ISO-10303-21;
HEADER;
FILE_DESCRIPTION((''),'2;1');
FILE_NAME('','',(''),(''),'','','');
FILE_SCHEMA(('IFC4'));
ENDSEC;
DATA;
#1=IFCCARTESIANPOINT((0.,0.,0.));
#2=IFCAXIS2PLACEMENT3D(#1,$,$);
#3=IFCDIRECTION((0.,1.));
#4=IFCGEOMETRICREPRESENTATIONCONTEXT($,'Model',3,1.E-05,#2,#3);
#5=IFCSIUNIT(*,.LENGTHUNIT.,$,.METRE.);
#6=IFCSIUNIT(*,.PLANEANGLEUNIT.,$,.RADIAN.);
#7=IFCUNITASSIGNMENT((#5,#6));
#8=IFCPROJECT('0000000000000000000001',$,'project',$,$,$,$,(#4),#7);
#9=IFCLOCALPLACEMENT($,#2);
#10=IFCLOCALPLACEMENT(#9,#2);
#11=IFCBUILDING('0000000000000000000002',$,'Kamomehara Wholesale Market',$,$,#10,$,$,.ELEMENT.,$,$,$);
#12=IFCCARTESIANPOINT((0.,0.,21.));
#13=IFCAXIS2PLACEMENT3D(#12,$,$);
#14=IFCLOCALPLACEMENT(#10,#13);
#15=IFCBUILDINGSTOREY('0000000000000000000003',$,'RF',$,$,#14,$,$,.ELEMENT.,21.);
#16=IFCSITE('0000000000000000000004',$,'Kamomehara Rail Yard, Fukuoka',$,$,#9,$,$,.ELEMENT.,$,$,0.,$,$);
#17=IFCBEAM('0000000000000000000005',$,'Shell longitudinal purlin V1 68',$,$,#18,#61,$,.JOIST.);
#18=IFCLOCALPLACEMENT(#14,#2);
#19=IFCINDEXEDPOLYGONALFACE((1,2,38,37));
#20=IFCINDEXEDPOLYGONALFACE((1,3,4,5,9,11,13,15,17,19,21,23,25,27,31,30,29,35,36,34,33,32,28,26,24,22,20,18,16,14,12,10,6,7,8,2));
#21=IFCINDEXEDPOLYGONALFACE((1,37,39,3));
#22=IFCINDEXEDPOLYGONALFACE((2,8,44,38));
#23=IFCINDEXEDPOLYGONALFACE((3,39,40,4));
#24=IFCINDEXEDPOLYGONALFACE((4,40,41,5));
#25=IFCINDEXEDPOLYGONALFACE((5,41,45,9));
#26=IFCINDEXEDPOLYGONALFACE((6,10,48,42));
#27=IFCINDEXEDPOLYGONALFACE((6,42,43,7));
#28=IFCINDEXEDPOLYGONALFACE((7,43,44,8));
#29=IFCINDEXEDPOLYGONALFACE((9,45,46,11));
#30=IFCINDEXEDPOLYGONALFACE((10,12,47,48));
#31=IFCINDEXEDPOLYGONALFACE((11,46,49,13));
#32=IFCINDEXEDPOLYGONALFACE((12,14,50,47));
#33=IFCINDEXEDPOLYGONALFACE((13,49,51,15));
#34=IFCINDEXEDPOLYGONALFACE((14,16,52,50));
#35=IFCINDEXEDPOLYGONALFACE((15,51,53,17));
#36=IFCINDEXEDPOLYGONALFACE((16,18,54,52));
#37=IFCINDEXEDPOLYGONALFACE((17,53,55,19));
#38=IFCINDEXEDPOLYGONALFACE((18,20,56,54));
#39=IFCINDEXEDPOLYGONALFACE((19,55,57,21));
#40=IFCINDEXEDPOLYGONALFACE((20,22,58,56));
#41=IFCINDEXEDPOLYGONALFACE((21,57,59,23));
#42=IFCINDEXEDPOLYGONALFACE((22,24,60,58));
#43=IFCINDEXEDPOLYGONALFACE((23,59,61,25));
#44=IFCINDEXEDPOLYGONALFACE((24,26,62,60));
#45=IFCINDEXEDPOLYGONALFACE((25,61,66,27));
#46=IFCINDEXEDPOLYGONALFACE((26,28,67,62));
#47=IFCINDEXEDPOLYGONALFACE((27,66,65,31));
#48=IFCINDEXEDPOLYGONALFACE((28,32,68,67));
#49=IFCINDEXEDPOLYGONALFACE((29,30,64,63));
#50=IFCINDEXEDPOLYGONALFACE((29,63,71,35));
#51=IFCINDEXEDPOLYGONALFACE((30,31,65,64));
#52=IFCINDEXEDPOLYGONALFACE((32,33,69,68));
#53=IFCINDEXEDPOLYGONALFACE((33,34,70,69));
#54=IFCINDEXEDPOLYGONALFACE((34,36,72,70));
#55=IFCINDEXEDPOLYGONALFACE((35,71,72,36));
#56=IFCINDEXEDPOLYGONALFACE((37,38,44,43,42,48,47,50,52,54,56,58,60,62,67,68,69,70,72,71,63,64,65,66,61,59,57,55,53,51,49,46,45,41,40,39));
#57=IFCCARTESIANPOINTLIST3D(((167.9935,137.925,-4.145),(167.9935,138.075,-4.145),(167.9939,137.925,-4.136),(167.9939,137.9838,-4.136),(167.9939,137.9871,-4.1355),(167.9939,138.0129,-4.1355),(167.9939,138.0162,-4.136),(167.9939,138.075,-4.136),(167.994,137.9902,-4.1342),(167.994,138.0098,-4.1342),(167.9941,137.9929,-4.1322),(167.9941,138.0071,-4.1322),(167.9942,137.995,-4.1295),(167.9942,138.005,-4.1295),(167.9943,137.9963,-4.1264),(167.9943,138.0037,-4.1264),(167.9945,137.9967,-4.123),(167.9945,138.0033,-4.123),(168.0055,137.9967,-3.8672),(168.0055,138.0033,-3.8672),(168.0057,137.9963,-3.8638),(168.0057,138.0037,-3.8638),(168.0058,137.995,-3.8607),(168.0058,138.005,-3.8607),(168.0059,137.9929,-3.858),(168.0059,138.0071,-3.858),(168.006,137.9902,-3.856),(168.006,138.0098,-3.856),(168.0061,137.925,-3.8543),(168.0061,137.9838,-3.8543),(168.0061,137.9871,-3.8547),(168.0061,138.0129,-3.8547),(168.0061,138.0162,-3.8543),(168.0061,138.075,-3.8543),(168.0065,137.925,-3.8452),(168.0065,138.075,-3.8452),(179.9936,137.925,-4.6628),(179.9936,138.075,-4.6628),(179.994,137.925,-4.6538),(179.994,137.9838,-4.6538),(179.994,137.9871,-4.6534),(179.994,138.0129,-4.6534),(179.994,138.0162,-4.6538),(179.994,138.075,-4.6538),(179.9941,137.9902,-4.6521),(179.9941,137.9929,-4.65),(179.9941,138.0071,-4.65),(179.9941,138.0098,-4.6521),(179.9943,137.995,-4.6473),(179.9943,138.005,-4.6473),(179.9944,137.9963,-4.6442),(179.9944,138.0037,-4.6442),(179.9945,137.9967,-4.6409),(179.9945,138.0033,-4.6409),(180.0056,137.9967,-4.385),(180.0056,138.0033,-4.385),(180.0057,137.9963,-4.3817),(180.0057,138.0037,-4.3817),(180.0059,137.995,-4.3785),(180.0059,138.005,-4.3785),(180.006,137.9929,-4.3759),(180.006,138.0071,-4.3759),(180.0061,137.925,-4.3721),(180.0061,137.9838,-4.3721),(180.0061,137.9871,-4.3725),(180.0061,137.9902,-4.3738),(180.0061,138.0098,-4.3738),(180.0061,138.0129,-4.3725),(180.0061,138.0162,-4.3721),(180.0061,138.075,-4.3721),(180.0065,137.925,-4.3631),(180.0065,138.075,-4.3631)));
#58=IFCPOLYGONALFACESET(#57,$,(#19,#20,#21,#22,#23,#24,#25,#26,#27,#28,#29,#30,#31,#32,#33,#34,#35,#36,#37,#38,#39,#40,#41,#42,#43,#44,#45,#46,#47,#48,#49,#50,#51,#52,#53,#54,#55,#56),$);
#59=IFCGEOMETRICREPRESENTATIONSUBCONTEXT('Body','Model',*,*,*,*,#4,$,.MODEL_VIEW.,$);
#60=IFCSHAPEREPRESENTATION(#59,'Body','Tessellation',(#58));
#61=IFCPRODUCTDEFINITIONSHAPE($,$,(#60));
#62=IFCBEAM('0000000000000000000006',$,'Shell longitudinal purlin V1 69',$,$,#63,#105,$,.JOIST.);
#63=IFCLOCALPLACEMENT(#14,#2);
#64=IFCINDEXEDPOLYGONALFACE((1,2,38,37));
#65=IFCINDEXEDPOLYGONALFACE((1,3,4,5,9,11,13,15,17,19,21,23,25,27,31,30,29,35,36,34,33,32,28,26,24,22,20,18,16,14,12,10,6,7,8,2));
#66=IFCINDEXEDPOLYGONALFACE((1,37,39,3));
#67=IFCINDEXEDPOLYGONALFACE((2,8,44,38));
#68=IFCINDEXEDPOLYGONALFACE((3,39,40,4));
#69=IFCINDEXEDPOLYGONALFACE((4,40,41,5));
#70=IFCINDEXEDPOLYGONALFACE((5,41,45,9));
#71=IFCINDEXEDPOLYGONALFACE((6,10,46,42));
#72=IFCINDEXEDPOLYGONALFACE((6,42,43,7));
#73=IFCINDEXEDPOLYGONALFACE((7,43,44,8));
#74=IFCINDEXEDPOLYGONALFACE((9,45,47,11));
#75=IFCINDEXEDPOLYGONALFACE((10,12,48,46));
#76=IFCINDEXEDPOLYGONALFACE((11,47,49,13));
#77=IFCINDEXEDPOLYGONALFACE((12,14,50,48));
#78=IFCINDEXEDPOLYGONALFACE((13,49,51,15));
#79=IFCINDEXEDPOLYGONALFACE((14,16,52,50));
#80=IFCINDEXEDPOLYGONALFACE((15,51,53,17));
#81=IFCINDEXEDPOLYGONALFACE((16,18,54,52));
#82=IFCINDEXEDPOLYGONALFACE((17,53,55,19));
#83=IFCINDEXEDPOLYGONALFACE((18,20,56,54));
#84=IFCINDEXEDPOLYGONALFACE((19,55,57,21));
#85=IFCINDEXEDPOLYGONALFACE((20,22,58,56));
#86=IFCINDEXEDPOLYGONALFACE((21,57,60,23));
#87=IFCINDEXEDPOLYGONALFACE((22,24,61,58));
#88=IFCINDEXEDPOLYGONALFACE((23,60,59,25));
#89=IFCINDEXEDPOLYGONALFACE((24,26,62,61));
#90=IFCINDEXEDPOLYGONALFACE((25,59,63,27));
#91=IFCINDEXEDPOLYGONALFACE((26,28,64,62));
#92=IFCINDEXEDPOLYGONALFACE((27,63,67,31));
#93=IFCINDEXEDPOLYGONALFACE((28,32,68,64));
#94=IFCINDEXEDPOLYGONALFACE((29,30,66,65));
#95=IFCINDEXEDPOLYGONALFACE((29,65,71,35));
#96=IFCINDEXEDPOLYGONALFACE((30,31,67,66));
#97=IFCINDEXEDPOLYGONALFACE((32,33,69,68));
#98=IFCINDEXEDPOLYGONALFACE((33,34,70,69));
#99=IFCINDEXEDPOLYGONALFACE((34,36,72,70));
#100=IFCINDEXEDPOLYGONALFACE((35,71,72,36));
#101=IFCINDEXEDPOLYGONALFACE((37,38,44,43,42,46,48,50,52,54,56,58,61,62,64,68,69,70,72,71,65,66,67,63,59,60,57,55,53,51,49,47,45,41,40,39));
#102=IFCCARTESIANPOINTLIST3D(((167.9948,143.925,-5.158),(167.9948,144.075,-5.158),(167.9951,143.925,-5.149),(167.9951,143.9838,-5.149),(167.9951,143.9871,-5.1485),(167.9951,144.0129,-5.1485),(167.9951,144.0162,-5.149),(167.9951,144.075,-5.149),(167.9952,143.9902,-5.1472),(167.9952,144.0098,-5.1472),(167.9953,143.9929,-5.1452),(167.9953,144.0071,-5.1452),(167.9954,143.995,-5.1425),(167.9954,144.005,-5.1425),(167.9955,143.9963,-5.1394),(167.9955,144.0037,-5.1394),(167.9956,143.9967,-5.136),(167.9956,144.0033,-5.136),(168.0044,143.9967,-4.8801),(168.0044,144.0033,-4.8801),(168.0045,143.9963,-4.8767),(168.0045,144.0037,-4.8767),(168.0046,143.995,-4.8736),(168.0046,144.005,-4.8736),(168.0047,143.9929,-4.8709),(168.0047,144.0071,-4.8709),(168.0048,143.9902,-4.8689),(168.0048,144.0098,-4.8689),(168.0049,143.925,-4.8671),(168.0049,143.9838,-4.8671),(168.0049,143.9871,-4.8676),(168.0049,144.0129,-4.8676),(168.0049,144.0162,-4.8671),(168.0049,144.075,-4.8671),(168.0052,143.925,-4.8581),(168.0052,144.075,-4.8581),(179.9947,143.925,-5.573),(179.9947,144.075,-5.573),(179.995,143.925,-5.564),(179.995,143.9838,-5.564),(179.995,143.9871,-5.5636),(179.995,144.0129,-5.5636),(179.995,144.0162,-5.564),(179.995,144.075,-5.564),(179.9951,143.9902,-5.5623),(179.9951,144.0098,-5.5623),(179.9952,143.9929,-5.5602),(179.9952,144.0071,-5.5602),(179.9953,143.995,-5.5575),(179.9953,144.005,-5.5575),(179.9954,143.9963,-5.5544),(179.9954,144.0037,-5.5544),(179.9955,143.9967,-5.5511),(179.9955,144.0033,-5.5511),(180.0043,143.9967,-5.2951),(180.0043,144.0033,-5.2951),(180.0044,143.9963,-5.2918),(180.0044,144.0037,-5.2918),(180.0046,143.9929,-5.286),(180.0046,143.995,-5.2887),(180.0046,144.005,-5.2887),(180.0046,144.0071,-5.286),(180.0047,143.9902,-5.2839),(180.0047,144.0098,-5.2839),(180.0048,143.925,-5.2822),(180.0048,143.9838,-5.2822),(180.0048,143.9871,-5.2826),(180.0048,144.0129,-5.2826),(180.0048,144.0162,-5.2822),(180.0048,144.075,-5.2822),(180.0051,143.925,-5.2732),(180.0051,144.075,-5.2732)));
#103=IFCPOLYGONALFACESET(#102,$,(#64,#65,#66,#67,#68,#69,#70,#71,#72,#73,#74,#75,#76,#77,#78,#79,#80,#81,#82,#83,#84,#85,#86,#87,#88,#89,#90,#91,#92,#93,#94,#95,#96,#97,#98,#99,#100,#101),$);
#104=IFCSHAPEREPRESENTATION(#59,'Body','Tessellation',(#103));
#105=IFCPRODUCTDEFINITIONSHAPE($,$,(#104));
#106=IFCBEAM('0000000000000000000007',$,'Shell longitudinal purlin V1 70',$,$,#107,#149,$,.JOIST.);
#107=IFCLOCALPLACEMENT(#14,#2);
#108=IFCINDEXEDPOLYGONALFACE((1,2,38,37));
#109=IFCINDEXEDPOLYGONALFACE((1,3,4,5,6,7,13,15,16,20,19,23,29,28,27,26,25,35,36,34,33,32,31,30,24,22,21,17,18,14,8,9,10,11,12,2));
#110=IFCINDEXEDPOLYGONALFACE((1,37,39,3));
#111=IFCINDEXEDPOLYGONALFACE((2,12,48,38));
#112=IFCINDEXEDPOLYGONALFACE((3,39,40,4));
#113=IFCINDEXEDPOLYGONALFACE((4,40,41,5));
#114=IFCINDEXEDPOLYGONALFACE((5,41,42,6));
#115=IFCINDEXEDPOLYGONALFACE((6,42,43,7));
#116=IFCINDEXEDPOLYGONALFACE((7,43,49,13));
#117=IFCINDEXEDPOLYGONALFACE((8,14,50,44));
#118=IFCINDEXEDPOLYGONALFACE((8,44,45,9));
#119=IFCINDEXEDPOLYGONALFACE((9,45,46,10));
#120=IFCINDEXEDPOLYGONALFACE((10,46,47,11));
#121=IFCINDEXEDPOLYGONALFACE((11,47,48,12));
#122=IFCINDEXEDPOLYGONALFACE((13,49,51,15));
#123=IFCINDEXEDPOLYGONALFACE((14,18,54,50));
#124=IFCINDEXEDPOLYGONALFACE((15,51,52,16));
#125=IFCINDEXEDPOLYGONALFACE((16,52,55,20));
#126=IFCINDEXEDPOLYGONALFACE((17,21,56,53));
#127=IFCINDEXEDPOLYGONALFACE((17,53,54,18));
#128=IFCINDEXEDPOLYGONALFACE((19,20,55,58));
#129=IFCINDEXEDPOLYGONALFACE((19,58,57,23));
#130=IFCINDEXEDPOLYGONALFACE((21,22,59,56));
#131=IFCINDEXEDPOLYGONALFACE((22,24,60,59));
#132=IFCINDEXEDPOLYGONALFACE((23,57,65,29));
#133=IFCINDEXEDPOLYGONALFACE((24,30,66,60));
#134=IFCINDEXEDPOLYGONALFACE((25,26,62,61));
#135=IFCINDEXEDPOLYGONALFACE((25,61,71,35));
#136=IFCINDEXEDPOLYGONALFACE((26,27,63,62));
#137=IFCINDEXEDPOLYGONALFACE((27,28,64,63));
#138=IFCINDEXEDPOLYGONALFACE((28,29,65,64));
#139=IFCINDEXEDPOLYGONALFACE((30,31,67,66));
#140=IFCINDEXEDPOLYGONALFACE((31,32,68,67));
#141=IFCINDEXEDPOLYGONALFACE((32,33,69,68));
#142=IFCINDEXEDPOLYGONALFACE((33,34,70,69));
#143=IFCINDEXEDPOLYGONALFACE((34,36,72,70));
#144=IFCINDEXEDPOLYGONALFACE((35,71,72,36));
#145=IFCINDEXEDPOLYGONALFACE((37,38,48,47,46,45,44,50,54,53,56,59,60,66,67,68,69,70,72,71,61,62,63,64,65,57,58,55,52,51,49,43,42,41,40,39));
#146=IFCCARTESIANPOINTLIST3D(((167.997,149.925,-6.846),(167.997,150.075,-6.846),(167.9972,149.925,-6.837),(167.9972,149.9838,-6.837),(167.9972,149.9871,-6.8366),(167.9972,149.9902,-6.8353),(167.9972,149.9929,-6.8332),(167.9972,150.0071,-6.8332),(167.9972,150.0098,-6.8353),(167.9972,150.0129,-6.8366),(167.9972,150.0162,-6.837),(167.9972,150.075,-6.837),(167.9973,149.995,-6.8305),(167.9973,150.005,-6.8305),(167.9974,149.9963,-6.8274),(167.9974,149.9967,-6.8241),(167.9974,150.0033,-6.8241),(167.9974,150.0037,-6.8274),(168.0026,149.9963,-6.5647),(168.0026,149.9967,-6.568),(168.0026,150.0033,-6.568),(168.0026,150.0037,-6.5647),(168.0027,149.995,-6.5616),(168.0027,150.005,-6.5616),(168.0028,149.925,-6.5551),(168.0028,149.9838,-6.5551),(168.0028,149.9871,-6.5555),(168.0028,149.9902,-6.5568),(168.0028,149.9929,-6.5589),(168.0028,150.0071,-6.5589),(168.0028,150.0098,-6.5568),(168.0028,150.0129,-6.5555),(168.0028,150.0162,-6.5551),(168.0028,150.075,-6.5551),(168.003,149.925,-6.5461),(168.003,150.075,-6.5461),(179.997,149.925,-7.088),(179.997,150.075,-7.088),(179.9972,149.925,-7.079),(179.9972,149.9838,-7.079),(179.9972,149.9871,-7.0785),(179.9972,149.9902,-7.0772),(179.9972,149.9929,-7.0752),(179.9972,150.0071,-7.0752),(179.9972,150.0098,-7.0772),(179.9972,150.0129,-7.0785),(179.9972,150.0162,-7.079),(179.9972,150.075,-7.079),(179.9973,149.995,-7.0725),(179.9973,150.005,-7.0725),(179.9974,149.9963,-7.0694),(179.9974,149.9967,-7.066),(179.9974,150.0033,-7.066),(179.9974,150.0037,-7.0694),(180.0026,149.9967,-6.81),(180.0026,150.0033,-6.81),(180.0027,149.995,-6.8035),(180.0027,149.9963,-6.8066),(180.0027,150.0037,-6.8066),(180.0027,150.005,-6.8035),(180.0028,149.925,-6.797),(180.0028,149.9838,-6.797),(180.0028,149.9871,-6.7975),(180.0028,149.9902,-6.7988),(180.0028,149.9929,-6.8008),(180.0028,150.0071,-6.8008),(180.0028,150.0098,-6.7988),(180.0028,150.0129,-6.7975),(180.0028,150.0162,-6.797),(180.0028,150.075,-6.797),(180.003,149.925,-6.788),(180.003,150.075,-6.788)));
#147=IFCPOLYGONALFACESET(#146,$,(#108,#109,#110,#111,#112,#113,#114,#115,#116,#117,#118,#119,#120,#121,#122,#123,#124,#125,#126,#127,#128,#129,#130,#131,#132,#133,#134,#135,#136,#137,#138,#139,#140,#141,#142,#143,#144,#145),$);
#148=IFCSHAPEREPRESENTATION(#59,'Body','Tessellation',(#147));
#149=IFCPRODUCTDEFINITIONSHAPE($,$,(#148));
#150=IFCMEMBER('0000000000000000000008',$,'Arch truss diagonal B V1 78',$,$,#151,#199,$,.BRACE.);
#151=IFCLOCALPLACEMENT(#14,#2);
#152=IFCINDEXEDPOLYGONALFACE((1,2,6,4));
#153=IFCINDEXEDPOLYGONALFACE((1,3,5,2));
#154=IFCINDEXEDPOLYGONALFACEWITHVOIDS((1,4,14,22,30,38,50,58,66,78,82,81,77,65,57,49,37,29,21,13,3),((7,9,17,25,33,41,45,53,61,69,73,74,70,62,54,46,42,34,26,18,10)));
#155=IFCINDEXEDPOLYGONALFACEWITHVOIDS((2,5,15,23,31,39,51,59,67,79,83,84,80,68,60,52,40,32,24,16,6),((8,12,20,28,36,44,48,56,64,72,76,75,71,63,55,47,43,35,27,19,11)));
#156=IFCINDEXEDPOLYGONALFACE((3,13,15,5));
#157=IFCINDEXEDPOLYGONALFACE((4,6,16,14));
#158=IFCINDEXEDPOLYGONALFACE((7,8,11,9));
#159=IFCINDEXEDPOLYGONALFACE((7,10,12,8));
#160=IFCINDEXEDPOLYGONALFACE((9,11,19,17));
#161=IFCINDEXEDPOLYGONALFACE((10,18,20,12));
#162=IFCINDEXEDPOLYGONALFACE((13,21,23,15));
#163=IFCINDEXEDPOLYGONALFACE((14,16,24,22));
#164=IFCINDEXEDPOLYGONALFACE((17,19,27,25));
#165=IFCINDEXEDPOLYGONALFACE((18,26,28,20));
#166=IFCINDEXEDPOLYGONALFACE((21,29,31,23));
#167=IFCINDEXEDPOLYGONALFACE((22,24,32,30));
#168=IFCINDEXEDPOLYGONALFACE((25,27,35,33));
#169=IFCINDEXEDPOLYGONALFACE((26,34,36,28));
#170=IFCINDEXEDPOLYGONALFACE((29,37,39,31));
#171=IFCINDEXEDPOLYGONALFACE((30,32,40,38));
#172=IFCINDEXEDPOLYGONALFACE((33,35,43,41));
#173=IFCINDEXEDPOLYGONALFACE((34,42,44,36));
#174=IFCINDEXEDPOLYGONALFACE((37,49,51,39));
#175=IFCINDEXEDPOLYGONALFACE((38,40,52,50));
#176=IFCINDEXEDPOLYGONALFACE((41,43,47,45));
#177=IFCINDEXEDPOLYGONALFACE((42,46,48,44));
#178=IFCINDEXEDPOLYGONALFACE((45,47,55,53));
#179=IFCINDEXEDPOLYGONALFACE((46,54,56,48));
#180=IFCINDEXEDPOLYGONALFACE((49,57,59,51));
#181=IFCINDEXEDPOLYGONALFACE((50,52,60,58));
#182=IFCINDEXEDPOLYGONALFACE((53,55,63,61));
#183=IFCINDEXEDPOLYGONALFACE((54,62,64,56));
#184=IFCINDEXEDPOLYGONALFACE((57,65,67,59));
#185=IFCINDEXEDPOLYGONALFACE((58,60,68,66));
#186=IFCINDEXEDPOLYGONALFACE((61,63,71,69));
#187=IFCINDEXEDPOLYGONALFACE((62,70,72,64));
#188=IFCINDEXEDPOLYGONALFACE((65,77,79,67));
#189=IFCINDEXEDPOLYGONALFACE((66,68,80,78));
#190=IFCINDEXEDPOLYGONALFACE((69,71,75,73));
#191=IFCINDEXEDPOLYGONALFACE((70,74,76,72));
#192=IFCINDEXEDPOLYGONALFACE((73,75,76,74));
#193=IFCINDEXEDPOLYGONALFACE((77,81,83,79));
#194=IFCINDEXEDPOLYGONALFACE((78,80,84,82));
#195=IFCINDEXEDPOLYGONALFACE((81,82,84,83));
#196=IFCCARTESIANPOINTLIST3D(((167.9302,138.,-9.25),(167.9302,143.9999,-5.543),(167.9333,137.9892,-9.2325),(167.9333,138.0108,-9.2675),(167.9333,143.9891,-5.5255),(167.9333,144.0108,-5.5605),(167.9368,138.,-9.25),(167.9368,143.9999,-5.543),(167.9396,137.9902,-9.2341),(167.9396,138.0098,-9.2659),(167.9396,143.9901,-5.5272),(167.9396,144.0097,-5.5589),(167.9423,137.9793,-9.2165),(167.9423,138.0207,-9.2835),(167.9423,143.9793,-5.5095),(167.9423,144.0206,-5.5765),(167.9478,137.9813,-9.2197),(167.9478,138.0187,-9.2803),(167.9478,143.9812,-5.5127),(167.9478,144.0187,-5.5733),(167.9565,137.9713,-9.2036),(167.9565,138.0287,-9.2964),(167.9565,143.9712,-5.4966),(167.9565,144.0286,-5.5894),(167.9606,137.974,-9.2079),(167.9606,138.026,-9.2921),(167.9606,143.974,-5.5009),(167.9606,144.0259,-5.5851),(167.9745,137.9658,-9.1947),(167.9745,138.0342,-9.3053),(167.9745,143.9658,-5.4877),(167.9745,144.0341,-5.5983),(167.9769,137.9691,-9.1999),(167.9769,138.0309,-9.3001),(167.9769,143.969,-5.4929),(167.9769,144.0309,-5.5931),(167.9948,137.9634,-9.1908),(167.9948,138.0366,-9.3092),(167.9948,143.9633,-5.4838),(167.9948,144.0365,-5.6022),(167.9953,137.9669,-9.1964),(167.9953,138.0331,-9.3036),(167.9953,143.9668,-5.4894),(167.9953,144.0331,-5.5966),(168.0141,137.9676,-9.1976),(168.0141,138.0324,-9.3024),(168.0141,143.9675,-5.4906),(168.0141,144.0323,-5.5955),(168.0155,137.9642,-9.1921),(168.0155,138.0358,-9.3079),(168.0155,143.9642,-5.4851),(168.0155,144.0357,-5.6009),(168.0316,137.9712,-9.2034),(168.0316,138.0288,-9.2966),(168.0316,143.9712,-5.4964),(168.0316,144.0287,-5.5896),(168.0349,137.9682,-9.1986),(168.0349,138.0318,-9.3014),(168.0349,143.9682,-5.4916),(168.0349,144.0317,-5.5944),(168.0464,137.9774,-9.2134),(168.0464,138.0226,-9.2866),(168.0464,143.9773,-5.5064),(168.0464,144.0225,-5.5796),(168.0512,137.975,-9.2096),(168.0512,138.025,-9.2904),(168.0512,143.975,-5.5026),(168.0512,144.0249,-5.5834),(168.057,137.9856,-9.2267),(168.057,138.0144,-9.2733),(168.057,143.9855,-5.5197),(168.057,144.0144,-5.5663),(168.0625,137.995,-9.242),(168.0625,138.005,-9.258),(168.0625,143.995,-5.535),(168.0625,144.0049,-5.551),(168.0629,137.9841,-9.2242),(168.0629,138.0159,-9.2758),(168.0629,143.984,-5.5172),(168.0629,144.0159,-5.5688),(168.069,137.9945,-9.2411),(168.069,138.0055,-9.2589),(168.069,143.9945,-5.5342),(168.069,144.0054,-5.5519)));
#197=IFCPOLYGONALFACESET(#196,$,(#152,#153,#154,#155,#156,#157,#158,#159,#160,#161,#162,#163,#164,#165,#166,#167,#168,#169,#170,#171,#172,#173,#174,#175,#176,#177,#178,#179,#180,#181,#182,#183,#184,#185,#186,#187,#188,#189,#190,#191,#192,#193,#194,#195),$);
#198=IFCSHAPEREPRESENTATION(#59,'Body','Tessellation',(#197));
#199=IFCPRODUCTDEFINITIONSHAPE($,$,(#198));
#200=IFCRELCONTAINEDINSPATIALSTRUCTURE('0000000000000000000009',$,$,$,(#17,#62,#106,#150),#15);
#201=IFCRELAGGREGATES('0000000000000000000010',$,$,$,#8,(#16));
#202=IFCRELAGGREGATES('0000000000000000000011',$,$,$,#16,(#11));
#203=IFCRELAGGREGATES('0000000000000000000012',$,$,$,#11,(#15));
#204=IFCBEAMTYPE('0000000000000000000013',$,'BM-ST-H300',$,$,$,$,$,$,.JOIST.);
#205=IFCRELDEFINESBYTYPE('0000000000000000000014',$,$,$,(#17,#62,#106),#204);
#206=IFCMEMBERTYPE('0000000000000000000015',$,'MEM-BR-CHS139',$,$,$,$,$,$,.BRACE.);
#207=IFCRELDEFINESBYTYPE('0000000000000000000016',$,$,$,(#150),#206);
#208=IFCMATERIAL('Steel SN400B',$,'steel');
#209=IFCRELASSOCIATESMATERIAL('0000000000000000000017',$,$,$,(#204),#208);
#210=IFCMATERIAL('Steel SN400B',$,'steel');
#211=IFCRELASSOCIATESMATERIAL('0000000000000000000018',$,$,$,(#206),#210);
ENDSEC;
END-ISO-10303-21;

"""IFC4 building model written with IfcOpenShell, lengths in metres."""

from ifc_helpers import new_model, si_unit, direction, frame, origin, origin_2d, place, context, subcontext, project, spatial, hollow_circle, i_section, extrude, material, material_profile, profile_set, type_object, element, save


model = new_model("IFC4")

# Units and contexts
model_context = context("Model", 3, precision=1e-05, world=origin(), true_north=direction((0.0, 1.0)))
body_context = subcontext(model_context, "Body", "Model", "MODEL_VIEW")
ifc_project = project(units=[si_unit("LENGTHUNIT", "METRE"), si_unit("PLANEANGLEUNIT", "RADIAN")], contexts=[model_context])

# Site, building, storey
site_placement = place(None, origin())
site = spatial("IfcSite", under=ifc_project, at=site_placement, Name="Kamomehara Rail Yard, Fukuoka", CompositionType="ELEMENT", RefElevation=0.0)
building_placement = place(site_placement, origin())
building = spatial("IfcBuilding", under=site, at=building_placement, Name="Kamomehara Wholesale Market", CompositionType="ELEMENT")
storey_placement = place(building_placement, frame((0.0, 0.0, 21.0)))
storey = spatial("IfcBuildingStorey", under=building, at=storey_placement, Name="RF", CompositionType="ELEMENT", Elevation=21.0)

# Beams
ifc_material_1 = material(Name="Steel SN400B", Category="steel")
ifc_material_profile_1 = material_profile(ifc_material_1, i_section(OverallWidth=0.1499, OverallDepth=0.3, WebThickness=0.0066, FlangeThickness=0.009, FilletRadius=0.0129, at=origin_2d()), Name="H-300x150x6.5x9")
ifc_profile_set_1 = profile_set([ifc_material_profile_1], Name="Steel SN400B")
beam_type_1 = type_object("IfcBeamType", Name="BM-ST-H300", PredefinedType="JOIST", material=ifc_profile_set_1)
beam_1_placement = place(storey_placement, frame((168.0, 138.0, -3.9951), z_axis=(0.99907, 0.0, -0.043112), x_axis=(0.0, 1.0, 0.0)))
element("IfcBeam", 1, at=beam_1_placement, inside=storey, type_object=beam_type_1, Name="Shell longitudinal purlin V1 68", PredefinedType="JOIST", context=body_context, shape_type="SweptSolid", body=[
    extrude(i_section(OverallWidth=0.1499, OverallDepth=0.3, WebThickness=0.0066, FlangeThickness=0.009, FilletRadius=0.0129, at=origin_2d()), origin(), (0.0, 0.0, 1.0), 12.0112),
])
beam_2_placement = place(storey_placement, frame((168.0, 144.0, -5.0081), z_axis=(0.999402, 0.0, -0.034566), x_axis=(0.0, 1.0, 0.0)))
element("IfcBeam", 2, at=beam_2_placement, inside=storey, type_object=beam_type_1, Name="Shell longitudinal purlin V1 69", PredefinedType="JOIST", context=body_context, shape_type="SweptSolid", body=[
    extrude(i_section(OverallWidth=0.1499, OverallDepth=0.3, WebThickness=0.0066, FlangeThickness=0.009, FilletRadius=0.0129, at=origin_2d()), origin(), (0.0, 0.0, 1.0), 12.0071),
])
beam_3_placement = place(storey_placement, frame((168.0, 150.0, -6.696), z_axis=(0.999797, 0.0, -0.020158), x_axis=(0.0, 1.0, 0.0)))
element("IfcBeam", 3, at=beam_3_placement, inside=storey, type_object=beam_type_1, Name="Shell longitudinal purlin V1 70", PredefinedType="JOIST", context=body_context, shape_type="SweptSolid", body=[
    extrude(i_section(OverallWidth=0.1499, OverallDepth=0.3, WebThickness=0.0066, FlangeThickness=0.009, FilletRadius=0.0129, at=origin_2d()), origin(), (0.0, 0.0, 1.0), 12.0024),
])

# Member
ifc_material_2 = material(Name="Steel SN400B", Category="steel")
ifc_material_profile_2 = material_profile(ifc_material_2, hollow_circle(Radius=0.0698, WallThickness=0.0066, at=origin_2d()), Name="CHS-139.8x6.6")
ifc_profile_set_2 = profile_set([ifc_material_profile_2], Name="Steel SN400B")
member_type_1 = type_object("IfcMemberType", Name="MEM-BR-CHS139", PredefinedType="BRACE", material=ifc_profile_set_2)
member_1_placement = place(storey_placement, frame((168.0, 138.0, -9.25), z_axis=(0.0, 0.850725, 0.525611), x_axis=(-1.0, 0.0, 0.0)))
element("IfcMember", 4, at=member_1_placement, inside=storey, type_object=member_type_1, Name="Arch truss diagonal B V1 78", PredefinedType="BRACE", context=body_context, shape_type="SweptSolid", body=[
    extrude(hollow_circle(Radius=0.0698, WallThickness=0.0066, at=origin_2d()), origin(), (0.0, 0.0, 1.0), 7.0527),
])

save(model, "model.ifc")
